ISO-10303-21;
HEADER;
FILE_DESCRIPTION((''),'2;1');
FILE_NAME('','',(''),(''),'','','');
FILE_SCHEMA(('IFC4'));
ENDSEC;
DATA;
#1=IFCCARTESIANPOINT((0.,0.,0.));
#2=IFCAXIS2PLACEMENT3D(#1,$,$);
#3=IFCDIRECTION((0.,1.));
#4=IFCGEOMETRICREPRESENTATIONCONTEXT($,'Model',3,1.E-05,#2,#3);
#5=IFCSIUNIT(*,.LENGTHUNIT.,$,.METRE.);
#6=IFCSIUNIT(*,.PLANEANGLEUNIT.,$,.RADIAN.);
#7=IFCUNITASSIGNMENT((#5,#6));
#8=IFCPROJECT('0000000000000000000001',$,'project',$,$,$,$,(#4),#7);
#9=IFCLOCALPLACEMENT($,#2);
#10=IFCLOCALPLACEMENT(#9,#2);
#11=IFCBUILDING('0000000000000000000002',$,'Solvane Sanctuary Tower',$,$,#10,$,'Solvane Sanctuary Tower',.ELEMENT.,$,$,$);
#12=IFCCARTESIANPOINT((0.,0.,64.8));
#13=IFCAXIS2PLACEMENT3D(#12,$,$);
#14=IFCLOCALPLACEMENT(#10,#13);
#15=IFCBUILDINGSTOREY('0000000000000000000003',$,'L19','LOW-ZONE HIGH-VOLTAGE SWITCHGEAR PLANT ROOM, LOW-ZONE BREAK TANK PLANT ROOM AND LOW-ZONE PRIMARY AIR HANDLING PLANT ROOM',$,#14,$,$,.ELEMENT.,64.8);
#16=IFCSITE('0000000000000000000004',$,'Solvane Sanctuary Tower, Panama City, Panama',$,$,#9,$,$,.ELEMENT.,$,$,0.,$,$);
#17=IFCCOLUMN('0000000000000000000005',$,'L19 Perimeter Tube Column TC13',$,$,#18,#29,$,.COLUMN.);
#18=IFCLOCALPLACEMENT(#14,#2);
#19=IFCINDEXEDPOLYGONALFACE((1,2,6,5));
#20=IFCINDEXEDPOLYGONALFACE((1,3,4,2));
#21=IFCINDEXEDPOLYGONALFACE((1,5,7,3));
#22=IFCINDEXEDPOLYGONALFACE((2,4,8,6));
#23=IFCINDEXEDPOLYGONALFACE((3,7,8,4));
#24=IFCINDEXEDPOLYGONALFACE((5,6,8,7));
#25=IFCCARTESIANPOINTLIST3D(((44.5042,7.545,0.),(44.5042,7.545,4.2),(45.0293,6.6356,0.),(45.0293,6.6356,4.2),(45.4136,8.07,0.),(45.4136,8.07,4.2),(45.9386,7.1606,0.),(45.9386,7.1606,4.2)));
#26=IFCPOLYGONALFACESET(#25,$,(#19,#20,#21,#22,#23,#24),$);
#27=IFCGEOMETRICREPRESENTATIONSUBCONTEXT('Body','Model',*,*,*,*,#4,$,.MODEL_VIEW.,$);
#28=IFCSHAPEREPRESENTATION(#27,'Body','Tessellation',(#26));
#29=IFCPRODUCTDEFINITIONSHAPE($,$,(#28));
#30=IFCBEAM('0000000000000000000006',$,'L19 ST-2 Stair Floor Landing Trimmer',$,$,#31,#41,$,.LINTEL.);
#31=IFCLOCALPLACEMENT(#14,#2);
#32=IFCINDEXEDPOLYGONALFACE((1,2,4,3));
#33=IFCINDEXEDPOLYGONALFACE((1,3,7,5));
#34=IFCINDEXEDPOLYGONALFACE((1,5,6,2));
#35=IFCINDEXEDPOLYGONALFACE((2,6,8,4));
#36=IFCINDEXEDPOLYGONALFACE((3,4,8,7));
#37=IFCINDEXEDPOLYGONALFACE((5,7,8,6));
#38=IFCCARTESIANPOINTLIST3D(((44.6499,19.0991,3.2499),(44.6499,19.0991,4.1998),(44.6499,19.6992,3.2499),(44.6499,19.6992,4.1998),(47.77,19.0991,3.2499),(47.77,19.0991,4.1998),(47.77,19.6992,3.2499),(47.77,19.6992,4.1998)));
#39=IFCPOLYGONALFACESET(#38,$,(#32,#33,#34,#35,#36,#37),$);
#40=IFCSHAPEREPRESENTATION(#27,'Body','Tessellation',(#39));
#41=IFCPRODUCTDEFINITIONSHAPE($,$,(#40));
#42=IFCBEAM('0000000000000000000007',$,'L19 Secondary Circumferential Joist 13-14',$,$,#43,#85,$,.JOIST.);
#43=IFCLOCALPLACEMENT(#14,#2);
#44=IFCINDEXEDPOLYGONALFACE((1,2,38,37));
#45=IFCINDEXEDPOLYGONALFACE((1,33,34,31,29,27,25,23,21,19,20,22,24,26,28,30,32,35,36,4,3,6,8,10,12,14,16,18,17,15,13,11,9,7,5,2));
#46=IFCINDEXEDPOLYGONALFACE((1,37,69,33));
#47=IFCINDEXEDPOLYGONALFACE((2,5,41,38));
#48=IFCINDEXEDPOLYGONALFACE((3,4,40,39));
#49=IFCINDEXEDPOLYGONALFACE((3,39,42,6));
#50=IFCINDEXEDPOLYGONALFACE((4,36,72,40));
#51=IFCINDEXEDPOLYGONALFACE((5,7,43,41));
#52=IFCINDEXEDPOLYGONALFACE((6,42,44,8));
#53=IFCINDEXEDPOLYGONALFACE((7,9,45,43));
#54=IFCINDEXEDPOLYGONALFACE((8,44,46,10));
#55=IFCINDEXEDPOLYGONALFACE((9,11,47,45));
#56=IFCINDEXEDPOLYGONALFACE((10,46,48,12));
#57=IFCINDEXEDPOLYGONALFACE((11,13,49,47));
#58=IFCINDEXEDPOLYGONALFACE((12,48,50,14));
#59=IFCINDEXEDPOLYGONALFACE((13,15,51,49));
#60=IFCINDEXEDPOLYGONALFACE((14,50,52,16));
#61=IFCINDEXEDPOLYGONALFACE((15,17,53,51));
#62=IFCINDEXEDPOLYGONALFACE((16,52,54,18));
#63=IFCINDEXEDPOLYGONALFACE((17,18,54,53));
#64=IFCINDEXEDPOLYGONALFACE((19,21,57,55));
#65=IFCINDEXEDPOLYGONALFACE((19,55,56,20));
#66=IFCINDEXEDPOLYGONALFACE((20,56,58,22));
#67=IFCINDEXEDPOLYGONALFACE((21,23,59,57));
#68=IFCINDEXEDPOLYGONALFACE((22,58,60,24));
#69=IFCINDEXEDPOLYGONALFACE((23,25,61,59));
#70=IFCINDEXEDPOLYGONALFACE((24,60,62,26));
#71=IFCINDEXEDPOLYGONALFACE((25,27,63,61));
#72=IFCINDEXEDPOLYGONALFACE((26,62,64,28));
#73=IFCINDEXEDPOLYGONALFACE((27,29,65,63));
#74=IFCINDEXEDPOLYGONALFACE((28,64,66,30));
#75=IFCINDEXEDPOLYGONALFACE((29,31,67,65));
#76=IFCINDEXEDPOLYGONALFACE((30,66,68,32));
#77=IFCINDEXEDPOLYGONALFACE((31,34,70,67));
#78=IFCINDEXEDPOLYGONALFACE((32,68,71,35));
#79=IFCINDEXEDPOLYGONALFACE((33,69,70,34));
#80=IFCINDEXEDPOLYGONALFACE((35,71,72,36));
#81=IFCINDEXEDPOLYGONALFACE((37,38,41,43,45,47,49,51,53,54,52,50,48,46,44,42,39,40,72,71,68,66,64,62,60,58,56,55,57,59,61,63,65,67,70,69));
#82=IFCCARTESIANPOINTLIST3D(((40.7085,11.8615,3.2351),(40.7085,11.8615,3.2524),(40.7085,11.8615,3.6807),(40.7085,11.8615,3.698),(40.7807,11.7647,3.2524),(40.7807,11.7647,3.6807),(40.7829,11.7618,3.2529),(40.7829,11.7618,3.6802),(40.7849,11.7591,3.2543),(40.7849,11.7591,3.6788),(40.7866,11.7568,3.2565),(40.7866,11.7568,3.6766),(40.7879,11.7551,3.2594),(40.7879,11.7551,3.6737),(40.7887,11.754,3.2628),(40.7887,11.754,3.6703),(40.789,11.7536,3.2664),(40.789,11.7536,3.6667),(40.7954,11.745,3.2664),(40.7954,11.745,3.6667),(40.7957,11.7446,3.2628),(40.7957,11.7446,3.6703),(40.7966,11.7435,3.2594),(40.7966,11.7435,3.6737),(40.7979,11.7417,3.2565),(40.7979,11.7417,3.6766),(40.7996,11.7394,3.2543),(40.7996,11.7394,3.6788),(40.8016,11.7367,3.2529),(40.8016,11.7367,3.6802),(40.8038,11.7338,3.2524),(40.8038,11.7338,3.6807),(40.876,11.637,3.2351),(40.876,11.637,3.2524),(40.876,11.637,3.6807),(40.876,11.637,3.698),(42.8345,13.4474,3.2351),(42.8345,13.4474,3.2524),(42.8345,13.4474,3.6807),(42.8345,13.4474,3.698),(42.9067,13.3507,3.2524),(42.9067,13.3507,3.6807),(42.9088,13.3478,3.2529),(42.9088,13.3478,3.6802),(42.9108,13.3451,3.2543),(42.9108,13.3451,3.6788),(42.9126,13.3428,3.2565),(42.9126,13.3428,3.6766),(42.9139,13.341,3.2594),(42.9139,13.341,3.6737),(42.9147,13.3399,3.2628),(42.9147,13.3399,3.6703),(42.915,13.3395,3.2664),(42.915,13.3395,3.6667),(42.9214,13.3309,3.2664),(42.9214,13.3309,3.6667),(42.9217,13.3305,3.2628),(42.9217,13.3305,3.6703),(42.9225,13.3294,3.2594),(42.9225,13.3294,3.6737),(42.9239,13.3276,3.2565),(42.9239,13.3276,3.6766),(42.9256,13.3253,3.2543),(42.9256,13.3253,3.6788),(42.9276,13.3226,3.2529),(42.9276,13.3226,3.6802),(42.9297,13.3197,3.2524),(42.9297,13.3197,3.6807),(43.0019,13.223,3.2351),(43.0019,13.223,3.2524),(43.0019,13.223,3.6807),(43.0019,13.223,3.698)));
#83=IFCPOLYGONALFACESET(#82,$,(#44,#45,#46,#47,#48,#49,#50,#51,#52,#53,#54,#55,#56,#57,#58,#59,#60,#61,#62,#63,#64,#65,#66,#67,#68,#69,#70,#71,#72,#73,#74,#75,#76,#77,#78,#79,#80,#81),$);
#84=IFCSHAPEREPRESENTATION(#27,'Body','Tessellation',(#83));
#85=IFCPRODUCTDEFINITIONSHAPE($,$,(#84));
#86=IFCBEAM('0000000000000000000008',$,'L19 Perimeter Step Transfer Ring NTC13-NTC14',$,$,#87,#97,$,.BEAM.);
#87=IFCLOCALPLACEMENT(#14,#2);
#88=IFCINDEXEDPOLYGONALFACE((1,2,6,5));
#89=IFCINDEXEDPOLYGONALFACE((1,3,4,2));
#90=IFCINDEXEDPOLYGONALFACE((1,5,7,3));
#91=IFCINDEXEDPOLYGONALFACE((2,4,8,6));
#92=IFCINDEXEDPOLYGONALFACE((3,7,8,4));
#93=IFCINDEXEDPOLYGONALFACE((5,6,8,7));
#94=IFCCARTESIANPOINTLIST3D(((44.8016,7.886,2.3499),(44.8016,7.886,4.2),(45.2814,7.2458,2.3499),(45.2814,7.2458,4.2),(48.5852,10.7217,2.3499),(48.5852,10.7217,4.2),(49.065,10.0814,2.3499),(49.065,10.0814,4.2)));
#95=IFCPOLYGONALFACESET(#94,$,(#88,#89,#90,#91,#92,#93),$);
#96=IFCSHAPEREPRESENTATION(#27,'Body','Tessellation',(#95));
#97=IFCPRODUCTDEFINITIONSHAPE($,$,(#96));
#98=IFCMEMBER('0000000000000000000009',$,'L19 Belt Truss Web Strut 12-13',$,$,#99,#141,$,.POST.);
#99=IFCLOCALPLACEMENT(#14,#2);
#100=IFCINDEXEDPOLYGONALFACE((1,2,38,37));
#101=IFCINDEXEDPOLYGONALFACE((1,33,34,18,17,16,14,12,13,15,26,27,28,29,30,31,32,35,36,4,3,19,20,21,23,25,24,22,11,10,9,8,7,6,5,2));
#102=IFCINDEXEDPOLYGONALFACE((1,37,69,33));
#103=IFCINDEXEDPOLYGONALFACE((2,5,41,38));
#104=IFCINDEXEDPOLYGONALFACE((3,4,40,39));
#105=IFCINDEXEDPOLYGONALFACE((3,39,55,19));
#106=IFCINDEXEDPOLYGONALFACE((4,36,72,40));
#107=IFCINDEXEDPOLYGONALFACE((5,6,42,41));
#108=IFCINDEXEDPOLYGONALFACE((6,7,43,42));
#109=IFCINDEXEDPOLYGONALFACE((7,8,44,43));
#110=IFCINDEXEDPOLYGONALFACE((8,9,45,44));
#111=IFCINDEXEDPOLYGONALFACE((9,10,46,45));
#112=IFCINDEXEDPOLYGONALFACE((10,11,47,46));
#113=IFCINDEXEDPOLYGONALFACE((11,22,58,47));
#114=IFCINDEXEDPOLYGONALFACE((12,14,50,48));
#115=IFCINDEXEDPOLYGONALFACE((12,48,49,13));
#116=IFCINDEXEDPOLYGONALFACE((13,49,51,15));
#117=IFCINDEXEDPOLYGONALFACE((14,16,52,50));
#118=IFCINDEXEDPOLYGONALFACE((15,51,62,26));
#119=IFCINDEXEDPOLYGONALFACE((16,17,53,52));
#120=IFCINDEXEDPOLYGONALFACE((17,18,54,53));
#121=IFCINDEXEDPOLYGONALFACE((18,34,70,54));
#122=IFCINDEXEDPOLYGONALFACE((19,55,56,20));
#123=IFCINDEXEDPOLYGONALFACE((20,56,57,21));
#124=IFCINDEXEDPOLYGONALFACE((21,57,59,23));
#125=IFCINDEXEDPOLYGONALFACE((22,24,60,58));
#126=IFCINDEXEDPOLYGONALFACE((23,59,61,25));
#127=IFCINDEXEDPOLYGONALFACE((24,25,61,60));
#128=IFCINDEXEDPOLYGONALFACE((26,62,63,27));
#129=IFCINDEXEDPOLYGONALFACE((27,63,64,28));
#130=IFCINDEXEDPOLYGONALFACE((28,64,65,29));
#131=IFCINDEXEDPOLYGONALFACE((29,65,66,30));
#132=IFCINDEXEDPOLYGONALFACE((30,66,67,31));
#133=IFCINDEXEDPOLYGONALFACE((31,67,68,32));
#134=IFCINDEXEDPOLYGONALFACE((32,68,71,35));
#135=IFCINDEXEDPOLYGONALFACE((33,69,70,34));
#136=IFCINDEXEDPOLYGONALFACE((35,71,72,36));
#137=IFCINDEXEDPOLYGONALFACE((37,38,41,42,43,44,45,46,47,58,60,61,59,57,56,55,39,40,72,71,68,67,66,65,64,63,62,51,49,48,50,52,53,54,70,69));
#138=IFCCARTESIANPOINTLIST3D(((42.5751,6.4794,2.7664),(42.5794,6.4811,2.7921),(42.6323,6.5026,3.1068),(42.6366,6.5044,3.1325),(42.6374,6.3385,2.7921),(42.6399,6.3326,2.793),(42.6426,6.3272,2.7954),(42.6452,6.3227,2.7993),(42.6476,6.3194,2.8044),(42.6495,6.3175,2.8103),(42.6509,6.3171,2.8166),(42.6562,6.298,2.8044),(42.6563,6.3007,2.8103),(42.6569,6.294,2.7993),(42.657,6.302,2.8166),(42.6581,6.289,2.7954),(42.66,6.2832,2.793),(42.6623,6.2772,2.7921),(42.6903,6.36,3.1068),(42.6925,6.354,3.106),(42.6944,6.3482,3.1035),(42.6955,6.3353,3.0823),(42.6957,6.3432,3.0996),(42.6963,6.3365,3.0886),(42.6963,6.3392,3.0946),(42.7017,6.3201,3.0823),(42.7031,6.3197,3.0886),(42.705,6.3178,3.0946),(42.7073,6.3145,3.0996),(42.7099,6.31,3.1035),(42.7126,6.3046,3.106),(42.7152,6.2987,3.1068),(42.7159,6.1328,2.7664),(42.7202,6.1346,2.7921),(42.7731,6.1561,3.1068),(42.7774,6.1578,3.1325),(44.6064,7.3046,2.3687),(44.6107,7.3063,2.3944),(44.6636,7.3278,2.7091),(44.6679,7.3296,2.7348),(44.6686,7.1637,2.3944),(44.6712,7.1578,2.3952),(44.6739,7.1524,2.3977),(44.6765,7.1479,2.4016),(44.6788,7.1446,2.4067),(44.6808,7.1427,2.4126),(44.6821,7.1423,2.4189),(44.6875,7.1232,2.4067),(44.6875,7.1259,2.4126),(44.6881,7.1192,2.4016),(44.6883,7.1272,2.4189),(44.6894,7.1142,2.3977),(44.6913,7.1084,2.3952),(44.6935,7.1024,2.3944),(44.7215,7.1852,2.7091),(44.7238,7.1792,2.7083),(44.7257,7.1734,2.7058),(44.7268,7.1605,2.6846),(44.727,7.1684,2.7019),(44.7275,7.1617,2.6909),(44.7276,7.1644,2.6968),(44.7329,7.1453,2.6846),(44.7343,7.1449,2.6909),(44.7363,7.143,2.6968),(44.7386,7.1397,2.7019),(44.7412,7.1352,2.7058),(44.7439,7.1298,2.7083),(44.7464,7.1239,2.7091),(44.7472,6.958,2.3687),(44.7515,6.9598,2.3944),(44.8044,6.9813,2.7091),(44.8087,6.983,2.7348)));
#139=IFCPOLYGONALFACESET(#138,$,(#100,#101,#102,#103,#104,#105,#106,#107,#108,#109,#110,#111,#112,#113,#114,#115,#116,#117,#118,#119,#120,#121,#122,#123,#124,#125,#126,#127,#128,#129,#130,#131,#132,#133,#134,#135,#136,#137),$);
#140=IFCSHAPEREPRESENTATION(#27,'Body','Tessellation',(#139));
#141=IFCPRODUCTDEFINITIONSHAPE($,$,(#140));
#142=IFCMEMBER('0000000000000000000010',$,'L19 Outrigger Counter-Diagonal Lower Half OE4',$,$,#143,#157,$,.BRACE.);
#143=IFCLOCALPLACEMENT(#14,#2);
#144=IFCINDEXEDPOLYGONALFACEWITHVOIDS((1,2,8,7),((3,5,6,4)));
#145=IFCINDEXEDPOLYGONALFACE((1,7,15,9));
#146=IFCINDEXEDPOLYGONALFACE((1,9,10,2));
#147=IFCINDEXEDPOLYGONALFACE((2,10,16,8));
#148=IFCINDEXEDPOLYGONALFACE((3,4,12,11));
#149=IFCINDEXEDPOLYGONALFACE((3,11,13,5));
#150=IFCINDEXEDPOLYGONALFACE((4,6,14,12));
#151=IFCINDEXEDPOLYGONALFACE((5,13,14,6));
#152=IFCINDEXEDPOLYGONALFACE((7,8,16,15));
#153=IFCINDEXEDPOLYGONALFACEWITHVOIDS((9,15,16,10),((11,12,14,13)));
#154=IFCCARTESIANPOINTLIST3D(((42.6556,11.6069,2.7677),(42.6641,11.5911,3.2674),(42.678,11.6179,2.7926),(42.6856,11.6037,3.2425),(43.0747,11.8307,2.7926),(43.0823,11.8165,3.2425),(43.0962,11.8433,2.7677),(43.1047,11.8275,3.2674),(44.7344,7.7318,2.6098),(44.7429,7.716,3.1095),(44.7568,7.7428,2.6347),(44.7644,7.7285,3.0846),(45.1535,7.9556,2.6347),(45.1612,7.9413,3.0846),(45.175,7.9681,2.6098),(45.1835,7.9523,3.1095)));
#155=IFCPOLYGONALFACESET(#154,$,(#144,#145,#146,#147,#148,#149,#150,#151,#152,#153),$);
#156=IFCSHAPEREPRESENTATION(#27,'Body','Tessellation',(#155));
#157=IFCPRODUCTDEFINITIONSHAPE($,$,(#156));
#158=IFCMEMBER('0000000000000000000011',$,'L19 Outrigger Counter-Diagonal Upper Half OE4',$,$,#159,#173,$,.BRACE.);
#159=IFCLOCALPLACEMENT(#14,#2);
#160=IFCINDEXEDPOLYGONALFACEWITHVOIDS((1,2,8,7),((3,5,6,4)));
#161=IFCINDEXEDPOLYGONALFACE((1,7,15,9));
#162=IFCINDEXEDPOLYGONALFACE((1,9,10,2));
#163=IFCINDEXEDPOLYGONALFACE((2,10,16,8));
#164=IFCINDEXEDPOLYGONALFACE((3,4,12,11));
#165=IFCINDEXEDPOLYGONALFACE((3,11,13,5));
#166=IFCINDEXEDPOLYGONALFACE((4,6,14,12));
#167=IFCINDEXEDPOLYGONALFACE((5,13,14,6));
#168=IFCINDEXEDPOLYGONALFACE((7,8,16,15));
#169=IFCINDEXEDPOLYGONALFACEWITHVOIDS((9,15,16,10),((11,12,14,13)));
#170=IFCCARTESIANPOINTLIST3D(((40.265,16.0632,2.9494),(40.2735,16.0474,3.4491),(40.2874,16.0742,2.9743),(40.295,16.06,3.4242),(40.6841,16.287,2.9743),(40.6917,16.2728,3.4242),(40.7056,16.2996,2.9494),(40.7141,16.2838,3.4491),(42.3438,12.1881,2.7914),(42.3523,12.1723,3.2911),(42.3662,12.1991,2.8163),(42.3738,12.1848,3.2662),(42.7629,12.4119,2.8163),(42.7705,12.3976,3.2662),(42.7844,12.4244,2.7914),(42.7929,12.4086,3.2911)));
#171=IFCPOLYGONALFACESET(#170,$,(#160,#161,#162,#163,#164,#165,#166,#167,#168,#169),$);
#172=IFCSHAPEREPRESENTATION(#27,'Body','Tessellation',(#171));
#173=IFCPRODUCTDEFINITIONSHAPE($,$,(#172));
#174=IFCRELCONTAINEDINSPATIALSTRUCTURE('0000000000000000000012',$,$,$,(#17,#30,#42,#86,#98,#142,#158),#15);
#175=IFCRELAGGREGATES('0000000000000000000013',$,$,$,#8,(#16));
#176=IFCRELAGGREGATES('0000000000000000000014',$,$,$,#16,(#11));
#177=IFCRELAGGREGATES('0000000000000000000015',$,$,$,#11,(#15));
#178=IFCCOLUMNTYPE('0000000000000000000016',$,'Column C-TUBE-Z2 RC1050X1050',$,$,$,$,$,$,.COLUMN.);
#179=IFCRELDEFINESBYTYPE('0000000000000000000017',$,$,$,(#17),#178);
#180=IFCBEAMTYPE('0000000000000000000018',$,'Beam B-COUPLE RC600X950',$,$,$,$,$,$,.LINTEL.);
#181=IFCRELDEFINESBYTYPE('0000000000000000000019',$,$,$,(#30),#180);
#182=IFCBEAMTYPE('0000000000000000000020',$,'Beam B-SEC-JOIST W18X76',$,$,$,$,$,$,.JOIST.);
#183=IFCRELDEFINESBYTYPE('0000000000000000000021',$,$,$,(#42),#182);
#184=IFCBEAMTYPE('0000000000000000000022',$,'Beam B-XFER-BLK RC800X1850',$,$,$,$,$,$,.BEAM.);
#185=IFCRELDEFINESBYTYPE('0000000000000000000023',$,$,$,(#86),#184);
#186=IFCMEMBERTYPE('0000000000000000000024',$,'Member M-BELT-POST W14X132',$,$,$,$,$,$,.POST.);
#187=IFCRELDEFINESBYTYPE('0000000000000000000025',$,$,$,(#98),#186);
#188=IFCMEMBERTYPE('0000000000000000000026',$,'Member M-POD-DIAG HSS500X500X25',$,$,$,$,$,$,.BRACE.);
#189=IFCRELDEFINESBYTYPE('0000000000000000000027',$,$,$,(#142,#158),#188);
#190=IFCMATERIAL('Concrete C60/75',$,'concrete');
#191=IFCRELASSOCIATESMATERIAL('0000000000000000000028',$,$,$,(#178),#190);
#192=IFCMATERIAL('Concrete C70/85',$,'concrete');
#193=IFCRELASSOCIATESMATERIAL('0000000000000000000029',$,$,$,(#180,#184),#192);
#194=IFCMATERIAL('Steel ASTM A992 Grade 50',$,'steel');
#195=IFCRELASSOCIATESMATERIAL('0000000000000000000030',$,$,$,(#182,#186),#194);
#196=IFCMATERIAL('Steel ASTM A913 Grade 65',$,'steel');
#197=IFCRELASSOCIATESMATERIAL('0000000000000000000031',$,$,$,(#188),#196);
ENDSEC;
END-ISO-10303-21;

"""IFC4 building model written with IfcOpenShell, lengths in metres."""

from ifc_helpers import new_model, si_unit, direction, frame, origin, origin_2d, place, context, subcontext, project, spatial, rectangle, hollow_rectangle, i_section, extrude, material, material_profile, profile_set, type_object, element, save


model = new_model("IFC4")

# Units and contexts
model_context = context("Model", 3, precision=1e-05, world=origin(), true_north=direction((0.0, 1.0)))
body_context = subcontext(model_context, "Body", "Model", "MODEL_VIEW")
ifc_project = project(units=[si_unit("LENGTHUNIT", "METRE"), si_unit("PLANEANGLEUNIT", "RADIAN")], contexts=[model_context])

# Site, building, storey
site_placement = place(None, origin())
site = spatial("IfcSite", under=ifc_project, at=site_placement, Name="Solvane Sanctuary Tower, Panama City, Panama", CompositionType="ELEMENT", RefElevation=0.0)
building_placement = place(site_placement, origin())
building = spatial("IfcBuilding", under=site, at=building_placement, Name="Solvane Sanctuary Tower", LongName="Solvane Sanctuary Tower", CompositionType="ELEMENT")
storey_placement = place(building_placement, frame((0.0, 0.0, 64.8)))
storey = spatial("IfcBuildingStorey", under=building, at=storey_placement, Name="L19", Description="LOW-ZONE HIGH-VOLTAGE SWITCHGEAR PLANT ROOM, LOW-ZONE BREAK TANK PLANT ROOM AND LOW-ZONE PRIMARY AIR HANDLING PLANT ROOM", CompositionType="ELEMENT", Elevation=64.8)

# Column
ifc_material_1 = material(Name="Concrete C60/75", Category="concrete")
ifc_material_profile_1 = material_profile(ifc_material_1, rectangle(XDim=1.05, YDim=1.05, at=origin_2d()), Name="RC1050X1050")
ifc_profile_set_1 = profile_set([ifc_material_profile_1], Name="Concrete C60/75")
column_type = type_object("IfcColumnType", Name="Column C-TUBE-Z2 RC1050X1050", PredefinedType="COLUMN", material=ifc_profile_set_1)
column_placement = place(storey_placement, frame((45.2214, 7.3528, 0.0), z_axis=(0.0, 0.0, 1.0), x_axis=(0.5, -0.866025, 0.0)))
element("IfcColumn", 1, at=column_placement, inside=storey, type_object=column_type, Name="L19 Perimeter Tube Column TC13", PredefinedType="COLUMN", context=body_context, shape_type="SweptSolid", body=[
    extrude(rectangle(XDim=1.05, YDim=1.05, at=origin_2d()), origin(), (0.0, 0.0, 1.0), 4.2),
])

# Beams
ifc_material_2 = material(Name="Concrete C70/85", Category="concrete")
ifc_material_profile_2 = material_profile(ifc_material_2, rectangle(XDim=0.6001, YDim=0.95, at=origin_2d()), Name="RC600X950")
ifc_profile_set_2 = profile_set([ifc_material_profile_2], Name="Concrete C70/85")
beam_type_1 = type_object("IfcBeamType", Name="Beam B-COUPLE RC600X950", PredefinedType="LINTEL", material=ifc_profile_set_2)
beam_1_placement = place(storey_placement, frame((44.6499, 19.3992, 3.7249), z_axis=(1.0, 0.0, 0.0), x_axis=(0.0, 1.0, 0.0)))
element("IfcBeam", 2, at=beam_1_placement, inside=storey, type_object=beam_type_1, Name="L19 ST-2 Stair Floor Landing Trimmer", PredefinedType="LINTEL", context=body_context, shape_type="SweptSolid", body=[
    extrude(rectangle(XDim=0.6001, YDim=0.95, at=origin_2d()), origin(), (0.0, 0.0, 1.0), 3.1201),
])
ifc_material_3 = material(Name="Steel ASTM A992 Grade 50", Category="steel")
ifc_material_profile_3 = material_profile(ifc_material_3, i_section(OverallWidth=0.28, OverallDepth=0.4629, WebThickness=0.0107, FlangeThickness=0.0173, FilletRadius=0.0139, at=origin_2d()), Name="W18X76")
ifc_profile_set_3 = profile_set([ifc_material_profile_3], Name="Steel ASTM A992 Grade 50")
beam_type_2 = type_object("IfcBeamType", Name="Beam B-SEC-JOIST W18X76", PredefinedType="JOIST", material=ifc_profile_set_3)
beam_2_placement = place(storey_placement, frame((40.7922, 11.7493, 3.4666), z_axis=(0.801544, 0.597936, 0.0), x_axis=(-0.597936, 0.801544, 0.0)))
element("IfcBeam", 3, at=beam_2_placement, inside=storey, type_object=beam_type_2, Name="L19 Secondary Circumferential Joist 13-14", PredefinedType="JOIST", context=body_context, shape_type="SweptSolid", body=[
    extrude(i_section(OverallWidth=0.28, OverallDepth=0.4629, WebThickness=0.0107, FlangeThickness=0.0173, FilletRadius=0.0139, at=origin_2d()), origin(), (0.0, 0.0, 1.0), 2.6523),
])
ifc_material_profile_4 = material_profile(ifc_material_2, rectangle(XDim=0.8, YDim=1.8501, at=origin_2d()), Name="RC800X1850")
ifc_profile_set_4 = profile_set([ifc_material_profile_4], Name="Concrete C70/85")
beam_type_3 = type_object("IfcBeamType", Name="Beam B-XFER-BLK RC800X1850", PredefinedType="BEAM", material=ifc_profile_set_4)
beam_3_placement = place(storey_placement, frame((45.0415, 7.5659, 3.2749), z_axis=(0.800211, 0.599719, 0.0), x_axis=(-0.599719, 0.800211, 0.0)))
element("IfcBeam", 4, at=beam_3_placement, inside=storey, type_object=beam_type_3, Name="L19 Perimeter Step Transfer Ring NTC13-NTC14", PredefinedType="BEAM", context=body_context, shape_type="SweptSolid", body=[
    extrude(rectangle(XDim=0.8, YDim=1.8501, at=origin_2d()), origin(), (0.0, 0.0, 1.0), 4.7283),
])

# Members
ifc_material_profile_5 = material_profile(ifc_material_3, i_section(OverallWidth=0.374, OverallDepth=0.3721, WebThickness=0.0164, FlangeThickness=0.0261, FilletRadius=0.0249, at=origin_2d()), Name="W14X132")
ifc_profile_set_5 = profile_set([ifc_material_profile_5], Name="Steel ASTM A992 Grade 50")
member_type_1 = type_object("IfcMemberType", Name="Member M-BELT-POST W14X132", PredefinedType="POST", material=ifc_profile_set_5)
member_placement = place(storey_placement, frame((42.6763, 6.3186, 2.9495), z_axis=(0.91159, 0.370334, -0.178483), x_axis=(-0.376377, 0.926467, 0.0)))
element("IfcMember", 5, at=member_placement, inside=storey, type_object=member_type_1, Name="L19 Belt Truss Web Strut 12-13", PredefinedType="POST", context=body_context, shape_type="SweptSolid", body=[
    extrude(i_section(OverallWidth=0.374, OverallDepth=0.3721, WebThickness=0.0164, FlangeThickness=0.0261, FilletRadius=0.0249, at=origin_2d()), origin(), (0.0, 0.0, 1.0), 2.2283),
])
ifc_material_4 = material(Name="Steel ASTM A913 Grade 65", Category="steel")
ifc_material_profile_6 = material_profile(ifc_material_4, hollow_rectangle(XDim=0.5, YDim=0.5, WallThickness=0.0249, at=origin_2d()), Name="HSS500X500X25")
ifc_profile_set_6 = profile_set([ifc_material_profile_6], Name="Steel ASTM A913 Grade 65")
member_type_2 = type_object("IfcMemberType", Name="Member M-POD-DIAG HSS500X500X25", PredefinedType="BRACE", material=ifc_profile_set_6)
for number, where, z_axis, x_axis, name in (
    (6, (44.959, 7.842, 2.8596), (-0.472417, 0.880644, 0.035896), (-0.881212, -0.472722, 0.0), "L19 Outrigger Counter-Diagonal Lower Half OE4"),
    (7, (42.5684, 12.2983, 3.0413), (-0.472417, 0.880644, 0.035896), (-0.881212, -0.472722, 0.0), "L19 Outrigger Counter-Diagonal Upper Half OE4"),
):
    element("IfcMember", number, at=place(storey_placement, frame(where, z_axis=z_axis, x_axis=x_axis)), inside=storey, type_object=member_type_2, Name=name, PredefinedType="BRACE", context=body_context, shape_type="SweptSolid", body=[
        extrude(hollow_rectangle(XDim=0.5, YDim=0.5, WallThickness=0.0249, at=origin_2d()), origin(), (0.0, 0.0, 1.0), 4.4004),
    ])

save(model, "model.ifc")
